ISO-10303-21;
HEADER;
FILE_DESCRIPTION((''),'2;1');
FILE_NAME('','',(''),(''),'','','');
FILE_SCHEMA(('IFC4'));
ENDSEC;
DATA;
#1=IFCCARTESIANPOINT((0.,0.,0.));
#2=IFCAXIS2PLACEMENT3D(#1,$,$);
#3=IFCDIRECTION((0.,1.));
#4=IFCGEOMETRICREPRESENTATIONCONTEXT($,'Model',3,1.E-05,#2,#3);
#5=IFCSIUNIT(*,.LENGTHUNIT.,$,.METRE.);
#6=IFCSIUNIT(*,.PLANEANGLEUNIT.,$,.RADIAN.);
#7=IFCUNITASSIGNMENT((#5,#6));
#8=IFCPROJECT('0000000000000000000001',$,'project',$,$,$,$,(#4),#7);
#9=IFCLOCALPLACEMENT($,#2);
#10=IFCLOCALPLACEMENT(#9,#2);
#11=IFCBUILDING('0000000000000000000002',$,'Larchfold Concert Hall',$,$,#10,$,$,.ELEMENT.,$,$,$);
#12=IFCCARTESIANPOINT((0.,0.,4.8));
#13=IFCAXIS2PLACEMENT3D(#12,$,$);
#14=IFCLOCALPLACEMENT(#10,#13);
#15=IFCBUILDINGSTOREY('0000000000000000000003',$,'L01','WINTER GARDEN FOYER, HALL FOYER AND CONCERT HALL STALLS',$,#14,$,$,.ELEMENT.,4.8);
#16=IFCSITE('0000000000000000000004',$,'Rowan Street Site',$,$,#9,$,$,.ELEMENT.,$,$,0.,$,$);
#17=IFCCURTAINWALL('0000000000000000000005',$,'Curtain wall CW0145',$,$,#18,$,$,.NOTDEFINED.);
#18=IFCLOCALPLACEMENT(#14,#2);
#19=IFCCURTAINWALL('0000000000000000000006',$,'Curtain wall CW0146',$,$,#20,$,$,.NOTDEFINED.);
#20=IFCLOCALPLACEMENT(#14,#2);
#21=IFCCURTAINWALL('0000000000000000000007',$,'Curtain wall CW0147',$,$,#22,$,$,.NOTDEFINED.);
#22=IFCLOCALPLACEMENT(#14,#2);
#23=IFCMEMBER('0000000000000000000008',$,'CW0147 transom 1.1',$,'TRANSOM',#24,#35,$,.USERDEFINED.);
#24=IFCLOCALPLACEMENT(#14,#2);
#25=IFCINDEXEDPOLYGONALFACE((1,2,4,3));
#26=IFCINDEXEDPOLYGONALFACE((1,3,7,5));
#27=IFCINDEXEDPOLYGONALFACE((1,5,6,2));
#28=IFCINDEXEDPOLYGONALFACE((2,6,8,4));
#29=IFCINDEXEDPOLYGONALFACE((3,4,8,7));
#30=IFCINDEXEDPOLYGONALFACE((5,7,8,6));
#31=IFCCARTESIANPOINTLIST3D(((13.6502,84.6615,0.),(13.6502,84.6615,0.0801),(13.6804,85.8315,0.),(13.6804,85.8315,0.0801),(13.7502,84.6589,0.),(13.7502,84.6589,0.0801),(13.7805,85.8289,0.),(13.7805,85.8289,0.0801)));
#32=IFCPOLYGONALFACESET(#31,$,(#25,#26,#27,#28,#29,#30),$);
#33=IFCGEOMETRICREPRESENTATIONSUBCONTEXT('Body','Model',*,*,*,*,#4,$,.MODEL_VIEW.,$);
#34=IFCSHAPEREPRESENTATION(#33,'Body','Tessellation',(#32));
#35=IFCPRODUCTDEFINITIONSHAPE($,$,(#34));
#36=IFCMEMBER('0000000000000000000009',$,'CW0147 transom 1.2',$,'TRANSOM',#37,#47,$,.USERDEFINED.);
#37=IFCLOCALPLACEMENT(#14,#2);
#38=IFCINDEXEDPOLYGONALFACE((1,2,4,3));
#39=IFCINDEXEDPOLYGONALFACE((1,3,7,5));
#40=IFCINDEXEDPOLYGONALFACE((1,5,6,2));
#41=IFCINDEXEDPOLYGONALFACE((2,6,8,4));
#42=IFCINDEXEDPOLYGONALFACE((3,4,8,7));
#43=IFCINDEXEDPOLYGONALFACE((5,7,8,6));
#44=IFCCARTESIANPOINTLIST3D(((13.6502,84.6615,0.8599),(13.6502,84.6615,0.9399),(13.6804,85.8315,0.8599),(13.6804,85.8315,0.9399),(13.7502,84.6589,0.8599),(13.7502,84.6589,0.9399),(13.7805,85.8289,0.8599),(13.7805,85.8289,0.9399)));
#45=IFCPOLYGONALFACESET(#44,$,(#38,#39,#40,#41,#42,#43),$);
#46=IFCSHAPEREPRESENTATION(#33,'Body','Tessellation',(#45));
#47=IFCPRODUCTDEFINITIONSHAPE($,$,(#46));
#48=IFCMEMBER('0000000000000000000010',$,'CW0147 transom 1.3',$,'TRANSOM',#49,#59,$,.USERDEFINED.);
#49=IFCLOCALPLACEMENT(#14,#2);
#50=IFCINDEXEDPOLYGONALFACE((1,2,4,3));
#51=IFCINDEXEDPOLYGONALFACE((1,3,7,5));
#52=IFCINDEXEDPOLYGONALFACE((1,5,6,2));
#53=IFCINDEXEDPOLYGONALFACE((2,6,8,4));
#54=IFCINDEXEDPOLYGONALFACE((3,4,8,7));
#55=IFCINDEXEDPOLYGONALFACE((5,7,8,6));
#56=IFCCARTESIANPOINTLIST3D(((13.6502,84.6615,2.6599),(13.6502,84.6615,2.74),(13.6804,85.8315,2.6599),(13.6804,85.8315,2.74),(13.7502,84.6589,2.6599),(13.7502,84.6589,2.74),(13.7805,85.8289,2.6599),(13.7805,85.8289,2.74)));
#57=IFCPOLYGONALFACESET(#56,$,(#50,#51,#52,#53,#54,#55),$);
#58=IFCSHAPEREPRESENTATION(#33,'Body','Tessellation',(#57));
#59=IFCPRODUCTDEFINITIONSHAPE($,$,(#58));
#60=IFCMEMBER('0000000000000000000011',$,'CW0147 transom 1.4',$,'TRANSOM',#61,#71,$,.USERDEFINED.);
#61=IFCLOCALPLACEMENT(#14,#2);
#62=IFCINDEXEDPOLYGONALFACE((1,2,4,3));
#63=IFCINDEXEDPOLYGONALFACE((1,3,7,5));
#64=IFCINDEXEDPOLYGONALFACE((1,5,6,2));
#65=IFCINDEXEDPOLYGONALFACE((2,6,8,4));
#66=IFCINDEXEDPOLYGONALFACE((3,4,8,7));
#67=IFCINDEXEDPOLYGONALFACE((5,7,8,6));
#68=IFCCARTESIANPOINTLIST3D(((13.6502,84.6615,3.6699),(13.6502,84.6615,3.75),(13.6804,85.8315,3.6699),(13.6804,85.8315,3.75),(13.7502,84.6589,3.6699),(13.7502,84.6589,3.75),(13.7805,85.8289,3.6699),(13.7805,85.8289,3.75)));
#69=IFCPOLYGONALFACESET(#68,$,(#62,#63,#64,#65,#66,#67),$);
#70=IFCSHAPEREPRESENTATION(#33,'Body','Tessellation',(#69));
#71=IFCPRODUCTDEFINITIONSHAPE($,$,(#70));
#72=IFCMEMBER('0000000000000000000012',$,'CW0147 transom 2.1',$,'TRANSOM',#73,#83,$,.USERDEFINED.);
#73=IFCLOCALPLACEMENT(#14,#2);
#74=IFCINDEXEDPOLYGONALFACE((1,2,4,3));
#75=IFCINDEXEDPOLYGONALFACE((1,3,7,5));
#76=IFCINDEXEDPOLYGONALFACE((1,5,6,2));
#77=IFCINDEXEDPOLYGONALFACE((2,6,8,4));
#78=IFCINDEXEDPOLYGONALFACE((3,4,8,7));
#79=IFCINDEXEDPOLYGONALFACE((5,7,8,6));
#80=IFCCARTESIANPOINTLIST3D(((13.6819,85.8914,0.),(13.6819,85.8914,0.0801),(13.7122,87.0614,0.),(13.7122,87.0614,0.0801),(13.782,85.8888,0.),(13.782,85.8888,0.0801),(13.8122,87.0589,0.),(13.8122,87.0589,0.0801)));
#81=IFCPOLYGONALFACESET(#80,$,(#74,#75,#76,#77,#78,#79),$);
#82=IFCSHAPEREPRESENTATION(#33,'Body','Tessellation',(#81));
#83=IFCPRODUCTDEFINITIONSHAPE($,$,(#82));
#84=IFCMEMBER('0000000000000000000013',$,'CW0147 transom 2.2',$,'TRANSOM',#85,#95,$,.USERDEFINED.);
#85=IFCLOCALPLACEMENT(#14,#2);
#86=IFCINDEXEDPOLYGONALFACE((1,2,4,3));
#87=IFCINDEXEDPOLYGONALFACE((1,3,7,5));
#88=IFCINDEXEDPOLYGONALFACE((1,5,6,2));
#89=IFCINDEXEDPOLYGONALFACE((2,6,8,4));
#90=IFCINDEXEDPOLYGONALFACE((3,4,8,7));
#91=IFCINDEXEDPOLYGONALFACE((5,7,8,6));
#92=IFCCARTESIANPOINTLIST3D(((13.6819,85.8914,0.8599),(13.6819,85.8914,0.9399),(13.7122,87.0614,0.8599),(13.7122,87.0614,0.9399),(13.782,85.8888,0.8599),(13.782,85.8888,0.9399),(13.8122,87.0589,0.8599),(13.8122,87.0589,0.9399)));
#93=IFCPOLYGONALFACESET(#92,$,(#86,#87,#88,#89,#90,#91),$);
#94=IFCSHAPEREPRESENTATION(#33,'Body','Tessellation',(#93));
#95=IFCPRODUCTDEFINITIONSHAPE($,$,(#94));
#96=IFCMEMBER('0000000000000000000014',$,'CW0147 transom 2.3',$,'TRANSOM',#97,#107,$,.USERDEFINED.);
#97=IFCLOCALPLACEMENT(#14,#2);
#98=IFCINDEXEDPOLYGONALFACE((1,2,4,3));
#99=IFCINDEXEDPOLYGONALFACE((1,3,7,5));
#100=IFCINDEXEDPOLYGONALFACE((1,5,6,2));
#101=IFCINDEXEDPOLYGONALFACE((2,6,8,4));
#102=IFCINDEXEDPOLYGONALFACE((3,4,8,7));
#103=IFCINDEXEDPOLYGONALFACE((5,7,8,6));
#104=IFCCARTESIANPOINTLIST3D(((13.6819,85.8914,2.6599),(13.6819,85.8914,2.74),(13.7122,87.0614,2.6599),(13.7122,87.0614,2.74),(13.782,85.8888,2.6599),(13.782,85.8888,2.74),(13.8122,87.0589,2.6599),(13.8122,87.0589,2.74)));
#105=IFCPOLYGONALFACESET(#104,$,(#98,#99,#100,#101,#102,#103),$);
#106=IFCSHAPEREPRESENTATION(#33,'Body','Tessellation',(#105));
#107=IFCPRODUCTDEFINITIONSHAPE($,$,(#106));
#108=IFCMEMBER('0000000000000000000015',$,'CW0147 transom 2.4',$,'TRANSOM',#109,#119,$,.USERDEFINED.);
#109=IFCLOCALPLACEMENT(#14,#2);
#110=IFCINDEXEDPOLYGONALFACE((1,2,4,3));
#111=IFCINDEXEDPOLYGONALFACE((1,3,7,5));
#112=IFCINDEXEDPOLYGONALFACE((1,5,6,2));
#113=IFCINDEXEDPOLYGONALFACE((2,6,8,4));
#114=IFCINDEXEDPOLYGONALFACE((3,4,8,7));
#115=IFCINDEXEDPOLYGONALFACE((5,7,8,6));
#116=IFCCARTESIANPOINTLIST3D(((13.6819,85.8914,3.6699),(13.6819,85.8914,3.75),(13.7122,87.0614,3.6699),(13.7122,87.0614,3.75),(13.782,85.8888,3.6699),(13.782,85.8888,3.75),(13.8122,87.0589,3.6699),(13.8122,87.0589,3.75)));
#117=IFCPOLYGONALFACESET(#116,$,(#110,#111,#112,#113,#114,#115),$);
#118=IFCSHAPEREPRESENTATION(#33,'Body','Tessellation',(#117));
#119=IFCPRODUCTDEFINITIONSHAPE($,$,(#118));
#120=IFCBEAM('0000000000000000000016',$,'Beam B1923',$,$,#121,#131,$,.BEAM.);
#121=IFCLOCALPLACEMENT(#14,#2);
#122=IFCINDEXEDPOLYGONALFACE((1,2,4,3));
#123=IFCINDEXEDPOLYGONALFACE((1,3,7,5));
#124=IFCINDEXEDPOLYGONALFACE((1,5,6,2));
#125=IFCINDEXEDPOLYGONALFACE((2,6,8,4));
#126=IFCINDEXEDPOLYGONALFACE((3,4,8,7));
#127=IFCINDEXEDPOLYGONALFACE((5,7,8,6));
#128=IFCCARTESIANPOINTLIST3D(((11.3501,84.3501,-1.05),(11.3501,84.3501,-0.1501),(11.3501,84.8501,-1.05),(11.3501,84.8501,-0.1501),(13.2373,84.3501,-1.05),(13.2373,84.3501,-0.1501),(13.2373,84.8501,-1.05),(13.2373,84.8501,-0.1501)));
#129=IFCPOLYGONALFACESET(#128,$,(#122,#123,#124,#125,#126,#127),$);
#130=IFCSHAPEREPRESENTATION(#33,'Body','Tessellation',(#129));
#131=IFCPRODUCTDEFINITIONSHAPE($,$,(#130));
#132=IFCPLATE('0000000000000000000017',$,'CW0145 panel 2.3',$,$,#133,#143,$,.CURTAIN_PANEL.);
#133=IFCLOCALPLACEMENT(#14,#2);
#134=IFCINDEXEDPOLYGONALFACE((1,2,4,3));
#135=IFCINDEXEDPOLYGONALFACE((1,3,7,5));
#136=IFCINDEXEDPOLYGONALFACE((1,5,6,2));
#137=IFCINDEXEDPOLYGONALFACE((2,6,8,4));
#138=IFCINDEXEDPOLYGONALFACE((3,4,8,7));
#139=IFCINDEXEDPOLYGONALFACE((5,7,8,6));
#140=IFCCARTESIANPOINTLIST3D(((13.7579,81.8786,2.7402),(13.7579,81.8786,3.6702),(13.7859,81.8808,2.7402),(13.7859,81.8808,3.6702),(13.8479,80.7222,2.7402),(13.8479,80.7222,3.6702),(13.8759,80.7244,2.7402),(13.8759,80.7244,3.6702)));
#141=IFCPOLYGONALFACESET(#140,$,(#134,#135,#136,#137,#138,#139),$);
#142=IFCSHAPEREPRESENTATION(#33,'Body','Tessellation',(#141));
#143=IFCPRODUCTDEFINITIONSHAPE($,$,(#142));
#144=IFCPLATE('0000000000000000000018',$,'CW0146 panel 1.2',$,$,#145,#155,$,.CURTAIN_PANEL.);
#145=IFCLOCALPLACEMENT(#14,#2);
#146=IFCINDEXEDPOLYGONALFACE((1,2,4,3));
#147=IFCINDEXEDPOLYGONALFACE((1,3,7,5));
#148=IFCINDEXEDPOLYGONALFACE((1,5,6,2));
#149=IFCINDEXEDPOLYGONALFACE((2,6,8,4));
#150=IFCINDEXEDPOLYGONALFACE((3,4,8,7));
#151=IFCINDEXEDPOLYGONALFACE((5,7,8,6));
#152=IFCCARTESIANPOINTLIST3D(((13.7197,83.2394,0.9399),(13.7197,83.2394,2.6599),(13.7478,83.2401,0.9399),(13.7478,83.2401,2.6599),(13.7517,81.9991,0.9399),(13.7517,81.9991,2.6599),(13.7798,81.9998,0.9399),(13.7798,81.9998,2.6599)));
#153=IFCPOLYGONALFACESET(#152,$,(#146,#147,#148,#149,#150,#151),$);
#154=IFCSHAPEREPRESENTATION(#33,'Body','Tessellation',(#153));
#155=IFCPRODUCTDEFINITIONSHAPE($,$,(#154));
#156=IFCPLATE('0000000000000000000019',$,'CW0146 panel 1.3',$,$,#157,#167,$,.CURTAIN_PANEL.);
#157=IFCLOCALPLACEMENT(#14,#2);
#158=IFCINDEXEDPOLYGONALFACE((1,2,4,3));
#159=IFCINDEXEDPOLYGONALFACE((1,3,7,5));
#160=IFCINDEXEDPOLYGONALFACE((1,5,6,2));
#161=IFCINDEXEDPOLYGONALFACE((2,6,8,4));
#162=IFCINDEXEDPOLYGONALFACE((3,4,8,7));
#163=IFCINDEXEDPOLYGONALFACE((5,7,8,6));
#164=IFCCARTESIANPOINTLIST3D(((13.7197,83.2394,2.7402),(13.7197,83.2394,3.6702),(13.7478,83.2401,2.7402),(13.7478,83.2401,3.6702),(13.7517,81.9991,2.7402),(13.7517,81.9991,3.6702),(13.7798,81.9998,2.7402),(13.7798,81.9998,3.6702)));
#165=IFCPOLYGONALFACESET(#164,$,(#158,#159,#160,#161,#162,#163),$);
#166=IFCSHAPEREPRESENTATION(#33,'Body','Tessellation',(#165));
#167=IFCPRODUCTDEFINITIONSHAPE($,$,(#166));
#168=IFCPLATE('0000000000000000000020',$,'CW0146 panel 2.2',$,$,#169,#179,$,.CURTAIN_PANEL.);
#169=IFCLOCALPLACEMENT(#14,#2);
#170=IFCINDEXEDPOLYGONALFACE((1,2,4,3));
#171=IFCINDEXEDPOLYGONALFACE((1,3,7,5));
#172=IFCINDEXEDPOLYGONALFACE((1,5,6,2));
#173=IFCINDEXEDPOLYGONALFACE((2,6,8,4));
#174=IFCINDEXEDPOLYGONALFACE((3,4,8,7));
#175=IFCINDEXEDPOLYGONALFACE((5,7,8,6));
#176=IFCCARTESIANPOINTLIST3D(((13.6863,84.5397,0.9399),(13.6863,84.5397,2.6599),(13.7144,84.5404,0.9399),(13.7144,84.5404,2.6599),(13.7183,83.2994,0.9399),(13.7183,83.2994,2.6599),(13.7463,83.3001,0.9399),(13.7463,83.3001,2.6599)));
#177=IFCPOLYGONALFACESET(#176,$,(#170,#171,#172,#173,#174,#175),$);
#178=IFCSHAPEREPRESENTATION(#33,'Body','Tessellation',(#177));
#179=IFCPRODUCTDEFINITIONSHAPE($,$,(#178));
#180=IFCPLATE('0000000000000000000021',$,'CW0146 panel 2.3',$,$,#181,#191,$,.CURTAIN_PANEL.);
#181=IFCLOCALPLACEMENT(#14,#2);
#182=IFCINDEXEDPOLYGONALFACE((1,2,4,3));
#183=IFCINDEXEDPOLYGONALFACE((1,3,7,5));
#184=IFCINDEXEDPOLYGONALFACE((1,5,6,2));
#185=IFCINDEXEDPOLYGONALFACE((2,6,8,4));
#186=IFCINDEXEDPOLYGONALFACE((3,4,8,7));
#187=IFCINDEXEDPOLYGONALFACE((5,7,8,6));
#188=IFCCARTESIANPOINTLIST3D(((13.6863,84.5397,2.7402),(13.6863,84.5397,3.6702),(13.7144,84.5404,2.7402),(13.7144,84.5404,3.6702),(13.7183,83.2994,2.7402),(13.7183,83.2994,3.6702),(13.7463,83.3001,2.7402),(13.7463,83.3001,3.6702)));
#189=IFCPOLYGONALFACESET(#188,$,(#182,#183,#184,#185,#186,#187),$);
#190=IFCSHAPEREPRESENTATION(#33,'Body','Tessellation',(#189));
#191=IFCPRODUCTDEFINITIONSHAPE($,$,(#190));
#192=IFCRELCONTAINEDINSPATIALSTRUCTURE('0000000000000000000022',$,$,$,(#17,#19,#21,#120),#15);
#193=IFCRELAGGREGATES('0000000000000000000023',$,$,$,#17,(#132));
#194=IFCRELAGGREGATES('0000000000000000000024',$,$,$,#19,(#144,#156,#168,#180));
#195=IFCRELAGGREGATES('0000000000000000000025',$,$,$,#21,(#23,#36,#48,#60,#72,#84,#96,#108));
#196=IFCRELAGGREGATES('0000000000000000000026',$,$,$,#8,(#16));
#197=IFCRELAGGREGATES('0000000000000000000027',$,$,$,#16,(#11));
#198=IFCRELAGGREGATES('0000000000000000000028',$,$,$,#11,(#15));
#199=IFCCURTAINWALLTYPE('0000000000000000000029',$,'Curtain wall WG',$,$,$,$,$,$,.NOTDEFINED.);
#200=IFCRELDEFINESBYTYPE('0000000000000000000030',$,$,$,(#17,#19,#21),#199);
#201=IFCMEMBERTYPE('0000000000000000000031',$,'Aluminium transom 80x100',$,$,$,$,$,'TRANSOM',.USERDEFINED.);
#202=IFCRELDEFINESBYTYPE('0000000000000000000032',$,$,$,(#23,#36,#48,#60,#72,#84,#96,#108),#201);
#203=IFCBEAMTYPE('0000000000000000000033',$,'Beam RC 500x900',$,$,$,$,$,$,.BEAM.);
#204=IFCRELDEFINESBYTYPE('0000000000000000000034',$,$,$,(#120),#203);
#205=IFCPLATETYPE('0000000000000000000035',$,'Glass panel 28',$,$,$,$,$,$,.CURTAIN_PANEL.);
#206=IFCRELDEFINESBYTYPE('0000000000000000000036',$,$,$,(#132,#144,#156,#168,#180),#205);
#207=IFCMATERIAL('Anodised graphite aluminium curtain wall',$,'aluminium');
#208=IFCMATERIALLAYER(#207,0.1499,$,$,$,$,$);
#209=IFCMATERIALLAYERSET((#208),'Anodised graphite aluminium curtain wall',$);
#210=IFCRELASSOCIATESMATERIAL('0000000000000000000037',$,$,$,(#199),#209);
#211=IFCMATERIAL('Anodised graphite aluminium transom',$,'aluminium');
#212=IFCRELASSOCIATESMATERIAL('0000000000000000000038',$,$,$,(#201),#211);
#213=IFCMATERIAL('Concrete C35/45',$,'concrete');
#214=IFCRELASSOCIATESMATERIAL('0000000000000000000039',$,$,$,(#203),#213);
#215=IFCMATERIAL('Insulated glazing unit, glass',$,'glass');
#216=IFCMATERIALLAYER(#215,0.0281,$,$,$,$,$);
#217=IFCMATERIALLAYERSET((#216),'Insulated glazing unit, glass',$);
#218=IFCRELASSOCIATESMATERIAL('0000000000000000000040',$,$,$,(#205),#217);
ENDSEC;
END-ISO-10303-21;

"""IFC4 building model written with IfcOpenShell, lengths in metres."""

from ifc_helpers import new_model, si_unit, direction, frame, origin, origin_2d, place, context, subcontext, project, spatial, rectangle, extrude, material, layer, layer_set, material_profile, profile_set, type_object, element, aggregate, save


model = new_model("IFC4")

# Units and contexts
model_context = context("Model", 3, precision=1e-05, world=origin(), true_north=direction((0.0, 1.0)))
body_context = subcontext(model_context, "Body", "Model", "MODEL_VIEW")
ifc_project = project(units=[si_unit("LENGTHUNIT", "METRE"), si_unit("PLANEANGLEUNIT", "RADIAN")], contexts=[model_context])

# Site, building, storey
site_placement = place(None, origin())
site = spatial("IfcSite", under=ifc_project, at=site_placement, Name="Rowan Street Site", CompositionType="ELEMENT", RefElevation=0.0)
building_placement = place(site_placement, origin())
building = spatial("IfcBuilding", under=site, at=building_placement, Name="Larchfold Concert Hall", CompositionType="ELEMENT")
storey_placement = place(building_placement, frame((0.0, 0.0, 4.8)))
storey = spatial("IfcBuildingStorey", under=building, at=storey_placement, Name="L01", Description="WINTER GARDEN FOYER, HALL FOYER AND CONCERT HALL STALLS", CompositionType="ELEMENT", Elevation=4.8)

# Curtain wall
ifc_material_1 = material(Name="Anodised graphite aluminium curtain wall", Category="aluminium")
ifc_layer_1 = layer(ifc_material_1, 0.1499)
ifc_layer_set_1 = layer_set([ifc_layer_1], Name="Anodised graphite aluminium curtain wall")
curtain_wall_type = type_object("IfcCurtainWallType", Name="Curtain wall WG", PredefinedType="NOTDEFINED", material=ifc_layer_set_1)
curtain_wall_1_placement = place(storey_placement, origin())
curtain_wall_1 = element("IfcCurtainWall", 1, at=curtain_wall_1_placement, inside=storey, type_object=curtain_wall_type, Name="Curtain wall CW0145", PredefinedType="NOTDEFINED")

# Curtain walls
curtain_wall_2_placement = place(storey_placement, origin())
curtain_wall_2 = element("IfcCurtainWall", 2, at=curtain_wall_2_placement, inside=storey, type_object=curtain_wall_type, Name="Curtain wall CW0146", PredefinedType="NOTDEFINED")
curtain_wall_3_placement = place(storey_placement, origin())
curtain_wall_3 = element("IfcCurtainWall", 3, at=curtain_wall_3_placement, inside=storey, type_object=curtain_wall_type, Name="Curtain wall CW0147", PredefinedType="NOTDEFINED")

# Members
ifc_material_2 = material(Name="Anodised graphite aluminium transom", Category="aluminium")
ifc_material_profile_1 = material_profile(ifc_material_2, rectangle(XDim=0.1001, YDim=0.0801, at=origin_2d()))
ifc_profile_set_1 = profile_set([ifc_material_profile_1], Name="Anodised graphite aluminium transom")
member_type_1 = type_object("IfcMemberType", Name="Aluminium transom 80x100", ElementType="TRANSOM", PredefinedType="USERDEFINED", material=ifc_profile_set_1)
member_1_placement = place(storey_placement, frame((13.7002, 84.6602, 0.04), z_axis=(0.025868, 0.999665, 0.0), x_axis=(-0.999665, 0.025868, 0.0)))
member_1 = element("IfcMember", 4, at=member_1_placement, type_object=member_type_1, Name="CW0147 transom 1.1", ObjectType="TRANSOM", PredefinedType="USERDEFINED", context=body_context, shape_type="SweptSolid", body=[
    extrude(rectangle(XDim=0.1001, YDim=0.0801, at=origin_2d()), origin(), (0.0, 0.0, 1.0), 1.1704),
])
member_2_placement = place(storey_placement, frame((13.7002, 84.6602, 0.8999), z_axis=(0.025868, 0.999665, 0.0), x_axis=(-0.999665, 0.025868, 0.0)))
member_2 = element("IfcMember", 5, at=member_2_placement, type_object=member_type_1, Name="CW0147 transom 1.2", ObjectType="TRANSOM", PredefinedType="USERDEFINED", context=body_context, shape_type="SweptSolid", body=[
    extrude(rectangle(XDim=0.1001, YDim=0.0801, at=origin_2d()), origin(), (0.0, 0.0, 1.0), 1.1704),
])
member_3_placement = place(storey_placement, frame((13.7002, 84.6602, 2.7), z_axis=(0.025868, 0.999665, 0.0), x_axis=(-0.999665, 0.025868, 0.0)))
member_3 = element("IfcMember", 6, at=member_3_placement, type_object=member_type_1, Name="CW0147 transom 1.3", ObjectType="TRANSOM", PredefinedType="USERDEFINED", context=body_context, shape_type="SweptSolid", body=[
    extrude(rectangle(XDim=0.1001, YDim=0.0801, at=origin_2d()), origin(), (0.0, 0.0, 1.0), 1.1704),
])
member_4_placement = place(storey_placement, frame((13.7002, 84.6602, 3.71), z_axis=(0.025868, 0.999665, 0.0), x_axis=(-0.999665, 0.025868, 0.0)))
member_4 = element("IfcMember", 7, at=member_4_placement, type_object=member_type_1, Name="CW0147 transom 1.4", ObjectType="TRANSOM", PredefinedType="USERDEFINED", context=body_context, shape_type="SweptSolid", body=[
    extrude(rectangle(XDim=0.1001, YDim=0.0801, at=origin_2d()), origin(), (0.0, 0.0, 1.0), 1.1704),
])
member_5_placement = place(storey_placement, frame((13.7319, 85.8901, 0.04), z_axis=(0.025868, 0.999665, 0.0), x_axis=(-0.999665, 0.025868, 0.0)))
member_5 = element("IfcMember", 8, at=member_5_placement, type_object=member_type_1, Name="CW0147 transom 2.1", ObjectType="TRANSOM", PredefinedType="USERDEFINED", context=body_context, shape_type="SweptSolid", body=[
    extrude(rectangle(XDim=0.1001, YDim=0.0801, at=origin_2d()), origin(), (0.0, 0.0, 1.0), 1.1704),
])
member_6_placement = place(storey_placement, frame((13.7319, 85.8901, 0.8999), z_axis=(0.025868, 0.999665, 0.0), x_axis=(-0.999665, 0.025868, 0.0)))
member_6 = element("IfcMember", 9, at=member_6_placement, type_object=member_type_1, Name="CW0147 transom 2.2", ObjectType="TRANSOM", PredefinedType="USERDEFINED", context=body_context, shape_type="SweptSolid", body=[
    extrude(rectangle(XDim=0.1001, YDim=0.0801, at=origin_2d()), origin(), (0.0, 0.0, 1.0), 1.1704),
])
member_7_placement = place(storey_placement, frame((13.7319, 85.8901, 2.7), z_axis=(0.025868, 0.999665, 0.0), x_axis=(-0.999665, 0.025868, 0.0)))
member_7 = element("IfcMember", 10, at=member_7_placement, type_object=member_type_1, Name="CW0147 transom 2.3", ObjectType="TRANSOM", PredefinedType="USERDEFINED", context=body_context, shape_type="SweptSolid", body=[
    extrude(rectangle(XDim=0.1001, YDim=0.0801, at=origin_2d()), origin(), (0.0, 0.0, 1.0), 1.1704),
])
member_8_placement = place(storey_placement, frame((13.7319, 85.8901, 3.71), z_axis=(0.025868, 0.999665, 0.0), x_axis=(-0.999665, 0.025868, 0.0)))
member_8 = element("IfcMember", 11, at=member_8_placement, type_object=member_type_1, Name="CW0147 transom 2.4", ObjectType="TRANSOM", PredefinedType="USERDEFINED", context=body_context, shape_type="SweptSolid", body=[
    extrude(rectangle(XDim=0.1001, YDim=0.0801, at=origin_2d()), origin(), (0.0, 0.0, 1.0), 1.1704),
])

# Beam
ifc_material_3 = material(Name="Concrete C35/45", Category="concrete")
ifc_material_profile_2 = material_profile(ifc_material_3, rectangle(XDim=0.5, YDim=0.8999, at=origin_2d()))
ifc_profile_set_2 = profile_set([ifc_material_profile_2], Name="Concrete C35/45")
beam_type = type_object("IfcBeamType", Name="Beam RC 500x900", PredefinedType="BEAM", material=ifc_profile_set_2)
beam_placement = place(storey_placement, frame((11.3501, 84.6001, -0.6001), z_axis=(1.0, 0.0, 0.0), x_axis=(0.0, 1.0, 0.0)))
element("IfcBeam", 12, at=beam_placement, inside=storey, type_object=beam_type, Name="Beam B1923", PredefinedType="BEAM", context=body_context, shape_type="SweptSolid", body=[
    extrude(rectangle(XDim=0.5, YDim=0.8999, at=origin_2d()), origin(), (0.0, 0.0, 1.0), 1.8872),
])

# Plates
ifc_material_4 = material(Name="Insulated glazing unit, glass", Category="glass")
ifc_layer_2 = layer(ifc_material_4, 0.0281)
ifc_layer_set_2 = layer_set([ifc_layer_2], Name="Insulated glazing unit, glass")
plate_type_1 = type_object("IfcPlateType", Name="Glass panel 28", PredefinedType="CURTAIN_PANEL", material=ifc_layer_set_2)
plate_1_placement = place(storey_placement, frame((13.8169, 81.3015, 2.7402), z_axis=(0.0, 0.0, 1.0), x_axis=(-0.077548, 0.996989, 0.0)))
plate_1 = element("IfcPlate", 13, at=plate_1_placement, type_object=plate_type_1, Name="CW0145 panel 2.3", PredefinedType="CURTAIN_PANEL", context=body_context, shape_type="SweptSolid", body=[
    extrude(rectangle(XDim=1.1599, YDim=0.0281, at=origin_2d()), origin(), (0.0, 0.0, 1.0), 0.9299),
])
aggregate(curtain_wall_1, [plate_1])
plate_2_placement = place(storey_placement, frame((13.7498, 82.6196, 0.9399), z_axis=(0.0, 0.0, 1.0), x_axis=(-0.025776, 0.999668, 0.0)))
plate_2 = element("IfcPlate", 14, at=plate_2_placement, type_object=plate_type_1, Name="CW0146 panel 1.2", PredefinedType="CURTAIN_PANEL", context=body_context, shape_type="SweptSolid", body=[
    extrude(rectangle(XDim=1.2407, YDim=0.0281, at=origin_2d()), origin(), (0.0, 0.0, 1.0), 1.72),
])
plate_3_placement = place(storey_placement, frame((13.7498, 82.6196, 2.7402), z_axis=(0.0, 0.0, 1.0), x_axis=(-0.025776, 0.999668, 0.0)))
plate_3 = element("IfcPlate", 15, at=plate_3_placement, type_object=plate_type_1, Name="CW0146 panel 1.3", PredefinedType="CURTAIN_PANEL", context=body_context, shape_type="SweptSolid", body=[
    extrude(rectangle(XDim=1.2407, YDim=0.0281, at=origin_2d()), origin(), (0.0, 0.0, 1.0), 0.9299),
])
plate_4_placement = place(storey_placement, frame((13.7163, 83.9199, 0.9399), z_axis=(0.0, 0.0, 1.0), x_axis=(-0.025776, 0.999668, 0.0)))
plate_4 = element("IfcPlate", 16, at=plate_4_placement, type_object=plate_type_1, Name="CW0146 panel 2.2", PredefinedType="CURTAIN_PANEL", context=body_context, shape_type="SweptSolid", body=[
    extrude(rectangle(XDim=1.2407, YDim=0.0281, at=origin_2d()), origin(), (0.0, 0.0, 1.0), 1.72),
])
plate_5_placement = place(storey_placement, frame((13.7163, 83.9199, 2.7402), z_axis=(0.0, 0.0, 1.0), x_axis=(-0.025776, 0.999668, 0.0)))
plate_5 = element("IfcPlate", 17, at=plate_5_placement, type_object=plate_type_1, Name="CW0146 panel 2.3", PredefinedType="CURTAIN_PANEL", context=body_context, shape_type="SweptSolid", body=[
    extrude(rectangle(XDim=1.2407, YDim=0.0281, at=origin_2d()), origin(), (0.0, 0.0, 1.0), 0.9299),
])
aggregate(curtain_wall_2, [plate_2, plate_3, plate_4, plate_5])
aggregate(curtain_wall_3, [member_1, member_2, member_3, member_4, member_5, member_6, member_7, member_8])

save(model, "model.ifc")
